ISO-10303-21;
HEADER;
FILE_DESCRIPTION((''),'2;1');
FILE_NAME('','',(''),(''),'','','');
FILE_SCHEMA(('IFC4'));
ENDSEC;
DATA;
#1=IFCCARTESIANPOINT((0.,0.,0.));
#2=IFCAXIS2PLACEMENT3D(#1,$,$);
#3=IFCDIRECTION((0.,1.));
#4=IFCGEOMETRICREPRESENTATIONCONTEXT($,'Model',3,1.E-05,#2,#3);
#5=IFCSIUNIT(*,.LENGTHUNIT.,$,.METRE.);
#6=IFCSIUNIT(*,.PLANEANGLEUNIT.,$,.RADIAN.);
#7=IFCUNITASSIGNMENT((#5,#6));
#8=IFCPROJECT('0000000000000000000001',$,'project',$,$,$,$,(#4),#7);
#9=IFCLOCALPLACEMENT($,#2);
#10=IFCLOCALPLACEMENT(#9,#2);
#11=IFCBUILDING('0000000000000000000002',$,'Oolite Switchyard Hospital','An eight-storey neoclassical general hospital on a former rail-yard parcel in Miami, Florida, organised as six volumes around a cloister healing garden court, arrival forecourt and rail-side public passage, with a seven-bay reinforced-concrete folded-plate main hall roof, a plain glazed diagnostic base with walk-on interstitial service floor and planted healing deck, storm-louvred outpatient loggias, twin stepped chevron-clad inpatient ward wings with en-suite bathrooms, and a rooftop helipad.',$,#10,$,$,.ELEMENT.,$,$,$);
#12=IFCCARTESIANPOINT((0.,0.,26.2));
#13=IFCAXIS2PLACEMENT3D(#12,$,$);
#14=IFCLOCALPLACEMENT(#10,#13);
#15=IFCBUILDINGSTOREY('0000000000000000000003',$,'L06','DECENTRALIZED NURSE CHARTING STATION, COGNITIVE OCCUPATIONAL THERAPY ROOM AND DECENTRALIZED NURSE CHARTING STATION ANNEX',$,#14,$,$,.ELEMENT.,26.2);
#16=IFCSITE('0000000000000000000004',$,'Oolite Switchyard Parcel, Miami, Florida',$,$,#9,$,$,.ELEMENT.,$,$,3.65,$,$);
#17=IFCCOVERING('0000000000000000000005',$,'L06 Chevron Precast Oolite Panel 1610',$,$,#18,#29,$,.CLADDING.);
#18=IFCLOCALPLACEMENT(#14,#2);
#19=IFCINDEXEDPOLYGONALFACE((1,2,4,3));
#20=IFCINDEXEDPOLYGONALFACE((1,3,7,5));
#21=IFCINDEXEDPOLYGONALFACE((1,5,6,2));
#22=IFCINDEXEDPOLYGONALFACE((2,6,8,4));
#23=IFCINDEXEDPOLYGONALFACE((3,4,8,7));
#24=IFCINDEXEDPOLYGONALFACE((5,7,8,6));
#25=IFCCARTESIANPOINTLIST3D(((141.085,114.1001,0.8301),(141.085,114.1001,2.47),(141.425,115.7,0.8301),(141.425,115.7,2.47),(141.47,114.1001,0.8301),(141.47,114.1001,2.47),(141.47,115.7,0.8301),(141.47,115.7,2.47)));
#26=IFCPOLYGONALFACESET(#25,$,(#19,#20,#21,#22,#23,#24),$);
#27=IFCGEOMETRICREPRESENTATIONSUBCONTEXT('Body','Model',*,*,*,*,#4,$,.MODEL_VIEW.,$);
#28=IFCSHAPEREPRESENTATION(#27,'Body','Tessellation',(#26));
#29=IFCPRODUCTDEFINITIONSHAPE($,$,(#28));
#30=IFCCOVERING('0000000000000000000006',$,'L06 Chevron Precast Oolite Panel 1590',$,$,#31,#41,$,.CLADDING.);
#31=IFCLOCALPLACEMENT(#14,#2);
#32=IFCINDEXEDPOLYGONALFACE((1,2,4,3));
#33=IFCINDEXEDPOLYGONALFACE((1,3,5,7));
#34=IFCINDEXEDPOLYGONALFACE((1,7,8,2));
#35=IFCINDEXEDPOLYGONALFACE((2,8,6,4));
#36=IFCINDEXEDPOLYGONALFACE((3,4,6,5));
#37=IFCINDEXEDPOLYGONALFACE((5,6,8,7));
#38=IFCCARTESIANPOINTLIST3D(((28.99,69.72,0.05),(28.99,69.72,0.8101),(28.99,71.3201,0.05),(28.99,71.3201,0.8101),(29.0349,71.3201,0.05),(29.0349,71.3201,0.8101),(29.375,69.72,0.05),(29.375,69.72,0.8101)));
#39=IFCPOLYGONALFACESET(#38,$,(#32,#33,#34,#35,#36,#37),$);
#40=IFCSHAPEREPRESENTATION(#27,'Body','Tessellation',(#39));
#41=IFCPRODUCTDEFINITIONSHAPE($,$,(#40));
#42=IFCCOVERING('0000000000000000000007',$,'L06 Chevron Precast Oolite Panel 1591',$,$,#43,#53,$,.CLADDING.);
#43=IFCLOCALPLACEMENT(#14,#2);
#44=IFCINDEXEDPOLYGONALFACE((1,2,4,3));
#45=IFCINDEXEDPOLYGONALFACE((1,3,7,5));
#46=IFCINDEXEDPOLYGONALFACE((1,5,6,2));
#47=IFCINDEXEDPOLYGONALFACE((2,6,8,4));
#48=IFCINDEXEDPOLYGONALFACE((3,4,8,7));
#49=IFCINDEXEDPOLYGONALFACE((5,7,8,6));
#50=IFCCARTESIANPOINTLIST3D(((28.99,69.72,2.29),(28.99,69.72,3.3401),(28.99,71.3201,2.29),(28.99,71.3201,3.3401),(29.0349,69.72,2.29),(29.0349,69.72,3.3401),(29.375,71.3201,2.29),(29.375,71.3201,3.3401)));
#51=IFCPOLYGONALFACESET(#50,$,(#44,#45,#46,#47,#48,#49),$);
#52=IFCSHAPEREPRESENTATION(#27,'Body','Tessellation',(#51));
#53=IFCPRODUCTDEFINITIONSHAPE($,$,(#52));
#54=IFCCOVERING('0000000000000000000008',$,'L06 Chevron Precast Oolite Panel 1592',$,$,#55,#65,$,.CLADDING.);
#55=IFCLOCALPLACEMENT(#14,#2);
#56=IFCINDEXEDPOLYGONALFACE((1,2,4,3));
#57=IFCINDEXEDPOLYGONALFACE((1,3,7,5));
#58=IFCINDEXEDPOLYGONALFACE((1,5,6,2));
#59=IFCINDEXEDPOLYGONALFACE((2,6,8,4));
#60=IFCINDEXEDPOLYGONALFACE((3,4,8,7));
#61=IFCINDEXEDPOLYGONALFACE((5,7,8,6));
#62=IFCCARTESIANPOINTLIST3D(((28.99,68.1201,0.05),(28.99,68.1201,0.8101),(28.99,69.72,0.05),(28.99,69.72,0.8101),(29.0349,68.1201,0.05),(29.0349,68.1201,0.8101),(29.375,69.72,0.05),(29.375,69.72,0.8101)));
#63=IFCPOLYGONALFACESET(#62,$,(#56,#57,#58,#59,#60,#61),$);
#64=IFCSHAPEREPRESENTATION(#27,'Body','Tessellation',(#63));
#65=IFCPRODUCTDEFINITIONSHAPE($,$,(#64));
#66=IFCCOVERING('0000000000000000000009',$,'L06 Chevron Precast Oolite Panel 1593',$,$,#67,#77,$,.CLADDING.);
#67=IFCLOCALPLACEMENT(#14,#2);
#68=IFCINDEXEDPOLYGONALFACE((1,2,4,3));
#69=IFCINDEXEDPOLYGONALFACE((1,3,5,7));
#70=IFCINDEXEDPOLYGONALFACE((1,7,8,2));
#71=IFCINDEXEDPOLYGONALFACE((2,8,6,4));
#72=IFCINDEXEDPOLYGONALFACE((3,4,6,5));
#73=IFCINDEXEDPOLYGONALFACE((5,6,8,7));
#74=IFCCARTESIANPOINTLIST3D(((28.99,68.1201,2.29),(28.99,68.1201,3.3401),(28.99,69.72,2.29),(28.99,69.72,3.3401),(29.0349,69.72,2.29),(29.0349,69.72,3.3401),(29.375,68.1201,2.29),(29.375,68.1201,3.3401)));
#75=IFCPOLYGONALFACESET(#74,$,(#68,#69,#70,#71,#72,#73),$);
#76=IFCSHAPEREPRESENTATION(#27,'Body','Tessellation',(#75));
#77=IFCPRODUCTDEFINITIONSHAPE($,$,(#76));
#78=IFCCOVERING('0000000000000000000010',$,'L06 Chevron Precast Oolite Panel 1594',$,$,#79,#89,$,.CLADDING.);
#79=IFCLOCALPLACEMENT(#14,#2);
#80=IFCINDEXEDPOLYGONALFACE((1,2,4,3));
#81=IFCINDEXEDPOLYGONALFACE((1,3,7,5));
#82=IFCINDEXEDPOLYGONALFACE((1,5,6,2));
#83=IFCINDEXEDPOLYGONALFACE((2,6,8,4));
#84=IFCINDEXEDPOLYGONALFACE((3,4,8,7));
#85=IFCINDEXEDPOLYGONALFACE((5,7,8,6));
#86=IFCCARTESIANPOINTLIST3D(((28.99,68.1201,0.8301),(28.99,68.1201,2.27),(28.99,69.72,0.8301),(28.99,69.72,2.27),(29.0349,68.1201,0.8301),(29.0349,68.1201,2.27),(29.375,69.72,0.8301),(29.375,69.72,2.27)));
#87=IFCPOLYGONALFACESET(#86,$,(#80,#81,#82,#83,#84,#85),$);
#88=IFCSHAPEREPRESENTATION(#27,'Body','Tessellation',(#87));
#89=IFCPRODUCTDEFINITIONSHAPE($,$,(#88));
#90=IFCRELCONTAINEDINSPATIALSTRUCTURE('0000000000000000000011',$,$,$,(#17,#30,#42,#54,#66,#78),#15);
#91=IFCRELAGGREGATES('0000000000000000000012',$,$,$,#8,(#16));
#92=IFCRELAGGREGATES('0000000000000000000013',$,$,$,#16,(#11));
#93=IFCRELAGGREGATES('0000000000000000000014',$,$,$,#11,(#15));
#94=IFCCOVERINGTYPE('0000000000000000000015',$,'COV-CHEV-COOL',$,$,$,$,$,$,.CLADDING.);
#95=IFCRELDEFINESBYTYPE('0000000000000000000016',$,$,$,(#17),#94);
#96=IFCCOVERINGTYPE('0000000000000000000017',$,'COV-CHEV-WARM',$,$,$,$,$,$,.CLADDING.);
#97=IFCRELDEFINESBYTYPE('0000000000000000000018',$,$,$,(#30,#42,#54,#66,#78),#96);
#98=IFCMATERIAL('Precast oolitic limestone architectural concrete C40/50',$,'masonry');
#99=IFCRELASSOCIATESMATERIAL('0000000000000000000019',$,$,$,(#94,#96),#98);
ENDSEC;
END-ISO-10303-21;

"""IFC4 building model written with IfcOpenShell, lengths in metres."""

from ifc_helpers import new_model, si_unit, direction, frame, origin, place, context, subcontext, project, spatial, polyline, outline, extrude, material, type_object, element, save


model = new_model("IFC4")

# Units and contexts
model_context = context("Model", 3, precision=1e-05, world=origin(), true_north=direction((0.0, 1.0)))
body_context = subcontext(model_context, "Body", "Model", "MODEL_VIEW")
ifc_project = project(units=[si_unit("LENGTHUNIT", "METRE"), si_unit("PLANEANGLEUNIT", "RADIAN")], contexts=[model_context])

# Site, building, storey
site_placement = place(None, origin())
site = spatial("IfcSite", under=ifc_project, at=site_placement, Name="Oolite Switchyard Parcel, Miami, Florida", CompositionType="ELEMENT", RefElevation=3.65)
building_placement = place(site_placement, origin())
building = spatial("IfcBuilding", under=site, at=building_placement, Name="Oolite Switchyard Hospital", Description="An eight-storey neoclassical general hospital on a former rail-yard parcel in Miami, Florida, organised as six volumes around a cloister healing garden court, arrival forecourt and rail-side public passage, with a seven-bay reinforced-concrete folded-plate main hall roof, a plain glazed diagnostic base with walk-on interstitial service floor and planted healing deck, storm-louvred outpatient loggias, twin stepped chevron-clad inpatient ward wings with en-suite bathrooms, and a rooftop helipad.", CompositionType="ELEMENT")
storey_placement = place(building_placement, frame((0.0, 0.0, 26.2)))
storey = spatial("IfcBuildingStorey", under=building, at=storey_placement, Name="L06", Description="DECENTRALIZED NURSE CHARTING STATION, COGNITIVE OCCUPATIONAL THERAPY ROOM AND DECENTRALIZED NURSE CHARTING STATION ANNEX", CompositionType="ELEMENT", Elevation=26.2)

# Coverings
ifc_material = material(Name="Precast oolitic limestone architectural concrete C40/50", Category="masonry")
covering_type_1 = type_object("IfcCoveringType", Name="COV-CHEV-COOL", PredefinedType="CLADDING", material=ifc_material)
covering_1_placement = place(storey_placement, frame((141.47, 114.1001, 0.8301), z_axis=(0.0, 0.0, 1.0), x_axis=(0.0, 1.0, 0.0)))
element("IfcCovering", 1, at=covering_1_placement, inside=storey, type_object=covering_type_1, Name="L06 Chevron Precast Oolite Panel 1610", PredefinedType="CLADDING", context=body_context, shape_type="SweptSolid", body=[
    extrude(outline(polyline([(0.0, 0.0), (1.5999, 0.0), (1.5999, 0.0449), (0.0, 0.385), (0.0, 0.0)])), origin(), (0.0, 0.0, 1.0), 1.6399),
])
covering_type_2 = type_object("IfcCoveringType", Name="COV-CHEV-WARM", PredefinedType="CLADDING", material=ifc_material)
covering_2_placement = place(storey_placement, frame((28.99, 71.3201, 0.05), z_axis=(0.0, 0.0, 1.0), x_axis=(0.0, -1.0, 0.0)))
element("IfcCovering", 2, at=covering_2_placement, inside=storey, type_object=covering_type_2, Name="L06 Chevron Precast Oolite Panel 1590", PredefinedType="CLADDING", context=body_context, shape_type="SweptSolid", body=[
    extrude(outline(polyline([(0.0, 0.0), (1.6001, 0.0), (1.6001, 0.385), (0.0, 0.0449), (0.0, 0.0)])), origin(), (0.0, 0.0, 1.0), 0.76),
])
covering_3_placement = place(storey_placement, frame((28.99, 71.3201, 2.29), z_axis=(0.0, 0.0, 1.0), x_axis=(0.0, -1.0, 0.0)))
element("IfcCovering", 3, at=covering_3_placement, inside=storey, type_object=covering_type_2, Name="L06 Chevron Precast Oolite Panel 1591", PredefinedType="CLADDING", context=body_context, shape_type="SweptSolid", body=[
    extrude(outline(polyline([(0.0, 0.0), (1.6001, 0.0), (1.6001, 0.0449), (0.0, 0.385), (0.0, 0.0)])), origin(), (0.0, 0.0, 1.0), 1.05),
])
covering_4_placement = place(storey_placement, frame((28.99, 69.72, 0.05), z_axis=(0.0, 0.0, 1.0), x_axis=(0.0, -1.0, 0.0)))
element("IfcCovering", 4, at=covering_4_placement, inside=storey, type_object=covering_type_2, Name="L06 Chevron Precast Oolite Panel 1592", PredefinedType="CLADDING", context=body_context, shape_type="SweptSolid", body=[
    extrude(outline(polyline([(0.0, 0.0), (1.5999, 0.0), (1.5999, 0.0449), (0.0, 0.385), (0.0, 0.0)])), origin(), (0.0, 0.0, 1.0), 0.76),
])
covering_5_placement = place(storey_placement, frame((28.99, 69.72, 2.29), z_axis=(0.0, 0.0, 1.0), x_axis=(0.0, -1.0, 0.0)))
element("IfcCovering", 5, at=covering_5_placement, inside=storey, type_object=covering_type_2, Name="L06 Chevron Precast Oolite Panel 1593", PredefinedType="CLADDING", context=body_context, shape_type="SweptSolid", body=[
    extrude(outline(polyline([(0.0, 0.0), (1.5999, 0.0), (1.5999, 0.385), (0.0, 0.0449), (0.0, 0.0)])), origin(), (0.0, 0.0, 1.0), 1.05),
])
covering_6_placement = place(storey_placement, frame((28.99, 69.72, 0.8301), z_axis=(0.0, 0.0, 1.0), x_axis=(0.0, -1.0, 0.0)))
element("IfcCovering", 6, at=covering_6_placement, inside=storey, type_object=covering_type_2, Name="L06 Chevron Precast Oolite Panel 1594", PredefinedType="CLADDING", context=body_context, shape_type="SweptSolid", body=[
    extrude(outline(polyline([(0.0, 0.0), (1.5999, 0.0), (1.5999, 0.0449), (0.0, 0.385), (0.0, 0.0)])), origin(), (0.0, 0.0, 1.0), 1.4399),
])

save(model, "model.ifc")
